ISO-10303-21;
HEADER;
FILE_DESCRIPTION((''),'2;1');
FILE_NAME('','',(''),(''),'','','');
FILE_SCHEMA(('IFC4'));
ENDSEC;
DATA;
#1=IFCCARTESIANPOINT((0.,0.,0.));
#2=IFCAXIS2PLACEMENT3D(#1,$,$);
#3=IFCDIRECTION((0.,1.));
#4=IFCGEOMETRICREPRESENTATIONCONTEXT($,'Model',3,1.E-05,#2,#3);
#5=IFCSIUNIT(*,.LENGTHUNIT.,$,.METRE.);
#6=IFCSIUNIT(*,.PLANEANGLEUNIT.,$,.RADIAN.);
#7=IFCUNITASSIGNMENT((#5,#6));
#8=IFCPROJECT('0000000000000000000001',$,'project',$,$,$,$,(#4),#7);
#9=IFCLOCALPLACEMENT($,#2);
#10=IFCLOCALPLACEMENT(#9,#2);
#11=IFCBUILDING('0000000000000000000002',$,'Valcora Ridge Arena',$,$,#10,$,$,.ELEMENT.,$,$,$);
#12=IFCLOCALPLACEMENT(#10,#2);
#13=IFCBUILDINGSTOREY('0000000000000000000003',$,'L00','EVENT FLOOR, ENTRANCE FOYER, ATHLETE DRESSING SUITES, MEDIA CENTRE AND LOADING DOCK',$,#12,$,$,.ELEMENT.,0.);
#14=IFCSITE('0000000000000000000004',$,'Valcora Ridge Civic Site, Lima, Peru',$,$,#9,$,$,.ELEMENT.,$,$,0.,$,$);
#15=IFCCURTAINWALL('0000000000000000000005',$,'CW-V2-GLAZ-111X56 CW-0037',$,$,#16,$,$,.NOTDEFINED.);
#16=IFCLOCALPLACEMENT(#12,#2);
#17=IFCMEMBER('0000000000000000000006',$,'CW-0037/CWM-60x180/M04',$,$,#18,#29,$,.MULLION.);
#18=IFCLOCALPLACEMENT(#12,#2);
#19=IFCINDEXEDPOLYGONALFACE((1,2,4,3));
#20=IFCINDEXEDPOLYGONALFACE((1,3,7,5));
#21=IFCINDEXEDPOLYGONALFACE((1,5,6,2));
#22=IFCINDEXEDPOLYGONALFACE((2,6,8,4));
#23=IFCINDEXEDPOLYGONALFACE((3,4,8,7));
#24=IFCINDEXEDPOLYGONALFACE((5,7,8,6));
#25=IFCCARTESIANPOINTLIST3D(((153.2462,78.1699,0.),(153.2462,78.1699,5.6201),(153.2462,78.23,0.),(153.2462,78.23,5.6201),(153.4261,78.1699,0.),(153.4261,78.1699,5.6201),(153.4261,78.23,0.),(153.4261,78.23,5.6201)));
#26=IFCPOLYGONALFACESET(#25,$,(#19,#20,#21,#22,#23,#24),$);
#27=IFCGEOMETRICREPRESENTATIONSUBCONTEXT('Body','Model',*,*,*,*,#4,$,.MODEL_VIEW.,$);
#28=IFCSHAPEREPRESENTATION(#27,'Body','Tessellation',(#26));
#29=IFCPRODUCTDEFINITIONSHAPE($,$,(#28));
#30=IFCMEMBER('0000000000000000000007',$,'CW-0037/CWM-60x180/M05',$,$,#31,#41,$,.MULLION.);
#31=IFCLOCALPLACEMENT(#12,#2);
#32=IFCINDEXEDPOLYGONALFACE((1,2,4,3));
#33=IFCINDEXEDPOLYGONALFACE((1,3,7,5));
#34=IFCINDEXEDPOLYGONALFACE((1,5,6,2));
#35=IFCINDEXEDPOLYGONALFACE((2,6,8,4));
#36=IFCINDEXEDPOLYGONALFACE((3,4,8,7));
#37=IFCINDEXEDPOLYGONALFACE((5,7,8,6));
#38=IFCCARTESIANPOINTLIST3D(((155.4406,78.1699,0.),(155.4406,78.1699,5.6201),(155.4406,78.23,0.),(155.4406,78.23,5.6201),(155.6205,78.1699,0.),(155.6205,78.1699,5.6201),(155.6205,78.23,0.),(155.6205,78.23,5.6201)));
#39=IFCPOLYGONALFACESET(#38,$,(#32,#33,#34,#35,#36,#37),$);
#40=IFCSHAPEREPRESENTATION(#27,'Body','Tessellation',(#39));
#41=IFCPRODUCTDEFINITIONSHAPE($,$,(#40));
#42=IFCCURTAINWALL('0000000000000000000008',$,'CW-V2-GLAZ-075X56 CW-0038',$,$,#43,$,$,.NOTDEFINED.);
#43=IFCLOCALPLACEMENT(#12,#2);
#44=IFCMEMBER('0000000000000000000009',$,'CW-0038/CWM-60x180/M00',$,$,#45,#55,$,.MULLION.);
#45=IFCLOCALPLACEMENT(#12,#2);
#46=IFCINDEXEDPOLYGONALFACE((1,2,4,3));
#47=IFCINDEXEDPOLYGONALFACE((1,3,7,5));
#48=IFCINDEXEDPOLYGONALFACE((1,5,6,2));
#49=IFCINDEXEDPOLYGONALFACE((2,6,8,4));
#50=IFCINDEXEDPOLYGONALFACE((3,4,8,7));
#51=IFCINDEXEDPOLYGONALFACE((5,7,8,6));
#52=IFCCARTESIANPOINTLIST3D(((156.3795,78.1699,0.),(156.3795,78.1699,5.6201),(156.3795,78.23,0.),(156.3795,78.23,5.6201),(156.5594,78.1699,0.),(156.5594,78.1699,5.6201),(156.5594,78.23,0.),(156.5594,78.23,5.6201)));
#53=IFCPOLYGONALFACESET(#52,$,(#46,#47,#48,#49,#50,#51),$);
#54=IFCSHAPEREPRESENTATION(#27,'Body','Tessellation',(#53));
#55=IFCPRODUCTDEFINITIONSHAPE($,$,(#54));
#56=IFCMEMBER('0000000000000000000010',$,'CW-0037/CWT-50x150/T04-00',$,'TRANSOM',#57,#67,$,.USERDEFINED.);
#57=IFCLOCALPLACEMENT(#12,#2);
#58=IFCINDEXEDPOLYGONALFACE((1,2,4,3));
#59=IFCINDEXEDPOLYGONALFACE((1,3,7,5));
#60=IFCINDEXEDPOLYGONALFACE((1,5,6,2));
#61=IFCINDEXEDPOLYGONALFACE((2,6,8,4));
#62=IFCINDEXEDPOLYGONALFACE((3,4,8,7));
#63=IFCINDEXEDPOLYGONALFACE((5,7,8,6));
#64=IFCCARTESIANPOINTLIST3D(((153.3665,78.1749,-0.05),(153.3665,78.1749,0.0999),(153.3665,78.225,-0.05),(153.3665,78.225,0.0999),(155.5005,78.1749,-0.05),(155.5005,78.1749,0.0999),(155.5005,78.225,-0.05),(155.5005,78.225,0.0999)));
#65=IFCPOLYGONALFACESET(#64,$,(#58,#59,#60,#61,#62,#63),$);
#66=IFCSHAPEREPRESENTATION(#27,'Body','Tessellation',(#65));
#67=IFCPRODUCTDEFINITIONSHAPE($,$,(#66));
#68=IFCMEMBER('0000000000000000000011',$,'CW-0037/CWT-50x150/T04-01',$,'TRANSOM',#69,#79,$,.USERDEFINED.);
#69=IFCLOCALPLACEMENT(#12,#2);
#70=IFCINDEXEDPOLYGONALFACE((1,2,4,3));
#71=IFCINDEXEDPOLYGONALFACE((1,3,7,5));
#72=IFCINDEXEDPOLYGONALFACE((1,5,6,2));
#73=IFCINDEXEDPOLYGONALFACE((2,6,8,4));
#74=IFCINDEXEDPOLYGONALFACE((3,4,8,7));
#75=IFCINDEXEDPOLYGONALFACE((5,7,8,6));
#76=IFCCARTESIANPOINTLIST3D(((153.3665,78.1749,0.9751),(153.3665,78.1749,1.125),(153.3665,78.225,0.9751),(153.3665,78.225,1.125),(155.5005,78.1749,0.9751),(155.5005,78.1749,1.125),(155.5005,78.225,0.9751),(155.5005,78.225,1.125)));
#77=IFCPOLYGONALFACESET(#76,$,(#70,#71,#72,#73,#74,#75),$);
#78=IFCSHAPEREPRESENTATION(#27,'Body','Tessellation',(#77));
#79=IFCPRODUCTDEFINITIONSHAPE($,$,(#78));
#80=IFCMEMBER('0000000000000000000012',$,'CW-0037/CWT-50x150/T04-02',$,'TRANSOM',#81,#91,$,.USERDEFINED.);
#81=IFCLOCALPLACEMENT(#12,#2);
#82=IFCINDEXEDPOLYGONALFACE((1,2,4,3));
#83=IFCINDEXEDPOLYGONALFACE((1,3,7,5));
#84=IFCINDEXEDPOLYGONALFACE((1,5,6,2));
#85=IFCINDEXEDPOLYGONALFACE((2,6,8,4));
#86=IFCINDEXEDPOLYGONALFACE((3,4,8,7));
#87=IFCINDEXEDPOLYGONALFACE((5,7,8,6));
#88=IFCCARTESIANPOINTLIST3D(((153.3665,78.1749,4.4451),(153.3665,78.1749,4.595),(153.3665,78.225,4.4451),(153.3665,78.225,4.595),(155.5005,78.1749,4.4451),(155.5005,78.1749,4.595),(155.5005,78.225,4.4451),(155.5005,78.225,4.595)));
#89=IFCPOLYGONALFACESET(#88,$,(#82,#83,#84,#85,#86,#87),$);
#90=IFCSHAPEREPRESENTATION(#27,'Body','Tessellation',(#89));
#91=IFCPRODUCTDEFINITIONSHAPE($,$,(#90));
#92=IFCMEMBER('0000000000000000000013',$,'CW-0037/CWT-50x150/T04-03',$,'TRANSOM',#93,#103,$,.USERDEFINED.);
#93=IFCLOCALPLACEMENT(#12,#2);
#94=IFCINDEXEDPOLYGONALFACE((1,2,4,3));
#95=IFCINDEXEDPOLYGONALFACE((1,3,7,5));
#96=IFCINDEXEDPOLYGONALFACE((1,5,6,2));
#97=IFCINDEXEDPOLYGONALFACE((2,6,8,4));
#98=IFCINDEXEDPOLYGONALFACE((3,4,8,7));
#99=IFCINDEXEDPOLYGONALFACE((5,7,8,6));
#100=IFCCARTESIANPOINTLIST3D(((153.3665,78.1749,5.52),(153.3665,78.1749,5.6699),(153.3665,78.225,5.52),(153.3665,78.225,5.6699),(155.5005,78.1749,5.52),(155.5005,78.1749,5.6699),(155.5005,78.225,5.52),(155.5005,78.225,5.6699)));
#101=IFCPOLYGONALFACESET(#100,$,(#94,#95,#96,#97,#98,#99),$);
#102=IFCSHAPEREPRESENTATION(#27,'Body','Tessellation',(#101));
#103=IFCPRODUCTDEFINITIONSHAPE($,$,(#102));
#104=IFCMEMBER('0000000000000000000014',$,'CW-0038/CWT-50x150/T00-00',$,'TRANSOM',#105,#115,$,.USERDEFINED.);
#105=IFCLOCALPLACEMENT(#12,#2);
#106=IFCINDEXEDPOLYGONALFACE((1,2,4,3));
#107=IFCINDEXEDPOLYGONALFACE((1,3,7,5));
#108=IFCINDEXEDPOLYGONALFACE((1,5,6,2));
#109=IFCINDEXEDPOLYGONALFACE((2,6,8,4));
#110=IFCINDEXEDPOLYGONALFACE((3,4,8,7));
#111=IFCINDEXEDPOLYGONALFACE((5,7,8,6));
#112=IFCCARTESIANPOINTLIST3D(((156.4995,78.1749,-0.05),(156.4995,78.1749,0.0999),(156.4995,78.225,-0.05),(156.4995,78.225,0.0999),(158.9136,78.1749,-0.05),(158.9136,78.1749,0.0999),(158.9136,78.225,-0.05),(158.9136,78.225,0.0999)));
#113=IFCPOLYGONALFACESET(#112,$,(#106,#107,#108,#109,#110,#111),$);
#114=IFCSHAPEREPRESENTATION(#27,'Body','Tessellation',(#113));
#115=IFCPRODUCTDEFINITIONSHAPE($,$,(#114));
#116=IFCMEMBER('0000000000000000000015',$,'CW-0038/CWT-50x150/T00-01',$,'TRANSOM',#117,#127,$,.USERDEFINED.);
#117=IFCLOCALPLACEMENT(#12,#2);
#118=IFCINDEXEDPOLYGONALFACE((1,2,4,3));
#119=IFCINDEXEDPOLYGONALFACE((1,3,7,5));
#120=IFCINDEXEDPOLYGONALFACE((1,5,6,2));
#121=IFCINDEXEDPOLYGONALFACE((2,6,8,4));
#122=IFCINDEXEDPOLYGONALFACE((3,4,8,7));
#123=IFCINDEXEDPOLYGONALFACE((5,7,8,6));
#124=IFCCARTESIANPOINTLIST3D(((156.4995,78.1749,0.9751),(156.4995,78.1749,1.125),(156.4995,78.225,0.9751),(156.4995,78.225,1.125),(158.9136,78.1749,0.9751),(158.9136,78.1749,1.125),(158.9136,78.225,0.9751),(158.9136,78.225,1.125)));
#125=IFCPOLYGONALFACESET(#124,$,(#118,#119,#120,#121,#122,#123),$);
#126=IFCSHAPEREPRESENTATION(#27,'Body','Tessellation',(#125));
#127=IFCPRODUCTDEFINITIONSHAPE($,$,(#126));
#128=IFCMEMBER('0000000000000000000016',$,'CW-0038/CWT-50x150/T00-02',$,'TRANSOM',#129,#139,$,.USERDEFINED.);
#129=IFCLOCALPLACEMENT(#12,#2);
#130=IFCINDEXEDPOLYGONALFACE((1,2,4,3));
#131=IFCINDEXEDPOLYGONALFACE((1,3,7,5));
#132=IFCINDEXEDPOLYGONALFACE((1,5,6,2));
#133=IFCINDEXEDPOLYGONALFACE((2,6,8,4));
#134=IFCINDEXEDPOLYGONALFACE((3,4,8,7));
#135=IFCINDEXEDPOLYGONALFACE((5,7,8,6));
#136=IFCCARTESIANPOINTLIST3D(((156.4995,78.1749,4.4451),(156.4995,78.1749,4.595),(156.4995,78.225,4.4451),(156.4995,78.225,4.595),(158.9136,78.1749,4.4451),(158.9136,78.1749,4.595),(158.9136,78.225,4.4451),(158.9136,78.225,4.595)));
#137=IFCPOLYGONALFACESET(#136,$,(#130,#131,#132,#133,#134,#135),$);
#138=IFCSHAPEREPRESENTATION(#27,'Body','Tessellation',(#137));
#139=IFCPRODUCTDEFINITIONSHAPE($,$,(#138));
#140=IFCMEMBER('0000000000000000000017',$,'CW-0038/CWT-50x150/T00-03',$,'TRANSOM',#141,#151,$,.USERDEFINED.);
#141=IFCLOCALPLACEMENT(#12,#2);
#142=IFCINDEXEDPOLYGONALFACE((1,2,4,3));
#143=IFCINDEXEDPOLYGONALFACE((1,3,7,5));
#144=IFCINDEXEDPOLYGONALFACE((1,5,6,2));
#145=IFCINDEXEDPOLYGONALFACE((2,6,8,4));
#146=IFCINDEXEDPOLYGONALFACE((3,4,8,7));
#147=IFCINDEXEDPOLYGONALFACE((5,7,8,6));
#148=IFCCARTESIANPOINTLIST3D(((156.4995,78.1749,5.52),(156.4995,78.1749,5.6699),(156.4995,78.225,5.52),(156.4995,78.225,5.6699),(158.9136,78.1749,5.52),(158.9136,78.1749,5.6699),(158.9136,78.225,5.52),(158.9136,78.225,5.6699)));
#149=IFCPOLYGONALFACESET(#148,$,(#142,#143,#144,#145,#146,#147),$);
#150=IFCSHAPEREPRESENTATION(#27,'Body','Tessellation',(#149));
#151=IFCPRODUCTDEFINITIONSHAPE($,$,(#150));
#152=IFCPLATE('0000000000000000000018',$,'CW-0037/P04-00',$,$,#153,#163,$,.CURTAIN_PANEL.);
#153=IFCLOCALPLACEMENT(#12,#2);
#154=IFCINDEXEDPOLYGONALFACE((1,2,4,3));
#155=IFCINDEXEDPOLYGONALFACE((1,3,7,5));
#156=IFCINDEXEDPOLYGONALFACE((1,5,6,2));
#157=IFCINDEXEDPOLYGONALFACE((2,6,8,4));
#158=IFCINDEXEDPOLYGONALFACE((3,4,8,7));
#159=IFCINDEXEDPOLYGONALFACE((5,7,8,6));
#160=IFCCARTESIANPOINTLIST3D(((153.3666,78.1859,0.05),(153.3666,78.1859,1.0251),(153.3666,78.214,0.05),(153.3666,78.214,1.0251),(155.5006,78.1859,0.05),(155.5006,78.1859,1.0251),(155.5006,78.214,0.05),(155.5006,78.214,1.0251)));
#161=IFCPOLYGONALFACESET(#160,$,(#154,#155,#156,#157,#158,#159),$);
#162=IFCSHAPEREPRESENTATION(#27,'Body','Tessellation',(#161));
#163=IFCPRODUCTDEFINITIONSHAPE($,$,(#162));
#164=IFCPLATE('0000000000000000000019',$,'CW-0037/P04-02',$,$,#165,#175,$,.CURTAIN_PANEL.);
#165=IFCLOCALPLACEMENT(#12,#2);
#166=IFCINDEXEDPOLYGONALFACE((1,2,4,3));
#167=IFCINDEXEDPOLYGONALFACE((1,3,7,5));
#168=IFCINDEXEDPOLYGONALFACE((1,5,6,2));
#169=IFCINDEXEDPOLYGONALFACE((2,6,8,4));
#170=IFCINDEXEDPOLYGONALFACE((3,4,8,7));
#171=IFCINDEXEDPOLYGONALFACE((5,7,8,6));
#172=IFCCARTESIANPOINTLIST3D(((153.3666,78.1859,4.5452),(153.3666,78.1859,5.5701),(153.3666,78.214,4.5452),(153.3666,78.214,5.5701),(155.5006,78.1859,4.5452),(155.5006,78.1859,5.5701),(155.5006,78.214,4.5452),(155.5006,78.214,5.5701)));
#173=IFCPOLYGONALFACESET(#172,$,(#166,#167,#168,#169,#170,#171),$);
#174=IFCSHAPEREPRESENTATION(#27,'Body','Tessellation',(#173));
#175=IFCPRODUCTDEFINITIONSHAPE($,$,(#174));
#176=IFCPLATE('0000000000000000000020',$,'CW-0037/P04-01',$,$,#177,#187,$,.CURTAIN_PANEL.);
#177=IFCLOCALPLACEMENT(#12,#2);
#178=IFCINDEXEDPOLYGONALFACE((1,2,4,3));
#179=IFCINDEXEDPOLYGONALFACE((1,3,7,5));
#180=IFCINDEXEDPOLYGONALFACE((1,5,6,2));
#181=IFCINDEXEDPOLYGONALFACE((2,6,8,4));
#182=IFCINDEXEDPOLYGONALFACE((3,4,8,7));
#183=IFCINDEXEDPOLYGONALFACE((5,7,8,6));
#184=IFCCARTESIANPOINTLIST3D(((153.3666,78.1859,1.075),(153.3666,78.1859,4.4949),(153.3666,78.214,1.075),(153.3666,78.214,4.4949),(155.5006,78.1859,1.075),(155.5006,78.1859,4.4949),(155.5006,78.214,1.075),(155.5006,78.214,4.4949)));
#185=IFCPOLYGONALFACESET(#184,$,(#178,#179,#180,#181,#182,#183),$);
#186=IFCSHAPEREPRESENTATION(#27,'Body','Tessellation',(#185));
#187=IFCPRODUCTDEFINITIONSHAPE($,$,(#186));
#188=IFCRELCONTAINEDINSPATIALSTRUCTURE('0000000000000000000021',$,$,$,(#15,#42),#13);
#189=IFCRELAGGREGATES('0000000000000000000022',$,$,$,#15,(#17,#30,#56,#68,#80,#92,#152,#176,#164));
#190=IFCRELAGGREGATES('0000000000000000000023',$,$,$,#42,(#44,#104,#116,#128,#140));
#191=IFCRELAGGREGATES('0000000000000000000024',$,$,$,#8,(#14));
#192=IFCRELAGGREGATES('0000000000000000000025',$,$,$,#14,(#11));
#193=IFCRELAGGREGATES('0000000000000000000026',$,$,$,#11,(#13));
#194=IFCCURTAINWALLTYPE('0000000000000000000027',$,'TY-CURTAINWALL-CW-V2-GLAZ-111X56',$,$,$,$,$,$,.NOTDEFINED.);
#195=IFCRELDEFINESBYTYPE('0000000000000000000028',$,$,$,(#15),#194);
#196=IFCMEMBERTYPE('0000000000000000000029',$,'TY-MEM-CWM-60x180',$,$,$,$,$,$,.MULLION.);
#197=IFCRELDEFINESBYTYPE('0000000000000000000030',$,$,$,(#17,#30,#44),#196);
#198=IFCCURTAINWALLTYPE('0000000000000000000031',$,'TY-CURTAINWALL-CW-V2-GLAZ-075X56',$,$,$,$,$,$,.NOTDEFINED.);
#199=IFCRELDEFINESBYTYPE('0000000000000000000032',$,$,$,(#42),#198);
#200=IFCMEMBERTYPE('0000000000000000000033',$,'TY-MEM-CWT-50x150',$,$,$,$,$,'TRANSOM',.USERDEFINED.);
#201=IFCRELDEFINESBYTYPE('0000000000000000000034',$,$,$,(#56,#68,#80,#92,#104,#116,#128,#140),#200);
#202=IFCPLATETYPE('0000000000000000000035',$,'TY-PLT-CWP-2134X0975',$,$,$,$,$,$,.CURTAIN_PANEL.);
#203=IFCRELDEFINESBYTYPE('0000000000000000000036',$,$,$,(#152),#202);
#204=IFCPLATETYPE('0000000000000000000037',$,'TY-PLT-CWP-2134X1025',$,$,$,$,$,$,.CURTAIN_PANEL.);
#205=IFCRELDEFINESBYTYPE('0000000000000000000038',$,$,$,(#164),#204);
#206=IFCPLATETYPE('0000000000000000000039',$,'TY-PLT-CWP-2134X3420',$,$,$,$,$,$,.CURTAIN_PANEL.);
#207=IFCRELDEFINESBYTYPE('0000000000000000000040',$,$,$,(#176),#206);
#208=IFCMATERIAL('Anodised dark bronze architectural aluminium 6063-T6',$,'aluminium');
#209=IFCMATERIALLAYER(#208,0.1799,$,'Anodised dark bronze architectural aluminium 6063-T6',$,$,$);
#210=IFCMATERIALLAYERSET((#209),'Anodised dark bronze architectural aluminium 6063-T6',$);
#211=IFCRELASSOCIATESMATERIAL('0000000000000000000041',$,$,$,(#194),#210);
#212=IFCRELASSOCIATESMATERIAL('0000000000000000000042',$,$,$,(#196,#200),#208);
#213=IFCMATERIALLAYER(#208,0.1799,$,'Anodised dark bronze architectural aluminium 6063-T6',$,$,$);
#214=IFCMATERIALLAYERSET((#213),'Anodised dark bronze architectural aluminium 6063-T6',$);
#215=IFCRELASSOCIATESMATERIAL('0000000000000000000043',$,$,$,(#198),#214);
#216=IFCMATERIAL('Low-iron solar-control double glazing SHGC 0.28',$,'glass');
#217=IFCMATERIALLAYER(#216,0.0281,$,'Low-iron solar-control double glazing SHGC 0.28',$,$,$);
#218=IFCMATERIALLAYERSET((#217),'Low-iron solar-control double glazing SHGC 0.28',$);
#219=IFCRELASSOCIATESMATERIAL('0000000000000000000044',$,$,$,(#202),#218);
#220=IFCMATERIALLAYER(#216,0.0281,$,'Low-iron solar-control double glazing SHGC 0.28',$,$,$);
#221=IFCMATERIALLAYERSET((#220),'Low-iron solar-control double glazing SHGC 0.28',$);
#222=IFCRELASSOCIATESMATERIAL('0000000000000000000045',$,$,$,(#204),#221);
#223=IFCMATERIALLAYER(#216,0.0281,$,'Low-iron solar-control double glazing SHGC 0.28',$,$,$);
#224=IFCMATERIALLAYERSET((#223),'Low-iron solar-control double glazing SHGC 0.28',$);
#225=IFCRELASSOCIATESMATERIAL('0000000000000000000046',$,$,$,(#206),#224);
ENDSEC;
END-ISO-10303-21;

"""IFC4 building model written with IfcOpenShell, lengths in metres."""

from ifc_helpers import new_model, si_unit, direction, frame, origin, origin_2d, place, context, subcontext, project, spatial, rectangle, extrude, material, layer, layer_set, material_profile, profile_set, type_object, element, aggregate, save


model = new_model("IFC4")

# Units and contexts
model_context = context("Model", 3, precision=1e-05, world=origin(), true_north=direction((0.0, 1.0)))
body_context = subcontext(model_context, "Body", "Model", "MODEL_VIEW")
ifc_project = project(units=[si_unit("LENGTHUNIT", "METRE"), si_unit("PLANEANGLEUNIT", "RADIAN")], contexts=[model_context])

# Site, building, storey
site_placement = place(None, origin())
site = spatial("IfcSite", under=ifc_project, at=site_placement, Name="Valcora Ridge Civic Site, Lima, Peru", CompositionType="ELEMENT", RefElevation=0.0)
building_placement = place(site_placement, origin())
building = spatial("IfcBuilding", under=site, at=building_placement, Name="Valcora Ridge Arena", CompositionType="ELEMENT")
storey_placement = place(building_placement, origin())
storey = spatial("IfcBuildingStorey", under=building, at=storey_placement, Name="L00", Description="EVENT FLOOR, ENTRANCE FOYER, ATHLETE DRESSING SUITES, MEDIA CENTRE AND LOADING DOCK", CompositionType="ELEMENT", Elevation=0.0)

# Curtain wall, members
ifc_material_1 = material(Name="Anodised dark bronze architectural aluminium 6063-T6", Category="aluminium")
ifc_layer_1 = layer(ifc_material_1, 0.1799, Name="Anodised dark bronze architectural aluminium 6063-T6")
ifc_layer_set_1 = layer_set([ifc_layer_1], Name="Anodised dark bronze architectural aluminium 6063-T6")
curtain_wall_type_1 = type_object("IfcCurtainWallType", Name="TY-CURTAINWALL-CW-V2-GLAZ-111X56", PredefinedType="NOTDEFINED", material=ifc_layer_set_1)
curtain_wall_1_placement = place(storey_placement, origin())
curtain_wall_1 = element("IfcCurtainWall", 1, at=curtain_wall_1_placement, inside=storey, type_object=curtain_wall_type_1, Name="CW-V2-GLAZ-111X56 CW-0037", PredefinedType="NOTDEFINED")
ifc_material_profile_1 = material_profile(ifc_material_1, rectangle(XDim=0.0601, YDim=0.1799, at=origin_2d()), Name="ALU MULLION 60x180")
ifc_profile_set_1 = profile_set([ifc_material_profile_1], Name="Anodised dark bronze architectural aluminium 6063-T6")
member_type_1 = type_object("IfcMemberType", Name="TY-MEM-CWM-60x180", PredefinedType="MULLION", material=ifc_profile_set_1)
member_1_placement = place(storey_placement, frame((153.3362, 78.2, 0.0), z_axis=(0.0, 0.0, 1.0), x_axis=(0.0, 1.0, 0.0)))
member_1 = element("IfcMember", 2, at=member_1_placement, type_object=member_type_1, Name="CW-0037/CWM-60x180/M04", PredefinedType="MULLION", context=body_context, shape_type="SweptSolid", body=[
    extrude(rectangle(XDim=0.0601, YDim=0.1799, at=origin_2d()), origin(), (0.0, 0.0, 1.0), 5.6201),
])
member_2_placement = place(storey_placement, frame((155.5305, 78.2, 0.0), z_axis=(0.0, 0.0, 1.0), x_axis=(0.0, 1.0, 0.0)))
member_2 = element("IfcMember", 3, at=member_2_placement, type_object=member_type_1, Name="CW-0037/CWM-60x180/M05", PredefinedType="MULLION", context=body_context, shape_type="SweptSolid", body=[
    extrude(rectangle(XDim=0.0601, YDim=0.1799, at=origin_2d()), origin(), (0.0, 0.0, 1.0), 5.6201),
])

# Curtain wall, member
ifc_layer_2 = layer(ifc_material_1, 0.1799, Name="Anodised dark bronze architectural aluminium 6063-T6")
ifc_layer_set_2 = layer_set([ifc_layer_2], Name="Anodised dark bronze architectural aluminium 6063-T6")
curtain_wall_type_2 = type_object("IfcCurtainWallType", Name="TY-CURTAINWALL-CW-V2-GLAZ-075X56", PredefinedType="NOTDEFINED", material=ifc_layer_set_2)
curtain_wall_2_placement = place(storey_placement, origin())
curtain_wall_2 = element("IfcCurtainWall", 4, at=curtain_wall_2_placement, inside=storey, type_object=curtain_wall_type_2, Name="CW-V2-GLAZ-075X56 CW-0038", PredefinedType="NOTDEFINED")
member_3_placement = place(storey_placement, frame((156.4695, 78.2, 0.0), z_axis=(0.0, 0.0, 1.0), x_axis=(0.0, 1.0, 0.0)))
member_3 = element("IfcMember", 5, at=member_3_placement, type_object=member_type_1, Name="CW-0038/CWM-60x180/M00", PredefinedType="MULLION", context=body_context, shape_type="SweptSolid", body=[
    extrude(rectangle(XDim=0.0601, YDim=0.1799, at=origin_2d()), origin(), (0.0, 0.0, 1.0), 5.6201),
])

# Members
ifc_material_profile_2 = material_profile(ifc_material_1, rectangle(XDim=0.05, YDim=0.1499, at=origin_2d()), Name="ALU TRANSOM 50x150")
ifc_profile_set_2 = profile_set([ifc_material_profile_2], Name="Anodised dark bronze architectural aluminium 6063-T6")
member_type_2 = type_object("IfcMemberType", Name="TY-MEM-CWT-50x150", ElementType="TRANSOM", PredefinedType="USERDEFINED", material=ifc_profile_set_2)
member_4_placement = place(storey_placement, frame((153.3665, 78.2, 0.0249), z_axis=(1.0, 0.0, 0.0), x_axis=(0.0, 1.0, 0.0)))
member_4 = element("IfcMember", 6, at=member_4_placement, type_object=member_type_2, Name="CW-0037/CWT-50x150/T04-00", ObjectType="TRANSOM", PredefinedType="USERDEFINED", context=body_context, shape_type="SweptSolid", body=[
    extrude(rectangle(XDim=0.05, YDim=0.1499, at=origin_2d()), origin(), (0.0, 0.0, 1.0), 2.134),
])
member_5_placement = place(storey_placement, frame((153.3665, 78.2, 1.05), z_axis=(1.0, 0.0, 0.0), x_axis=(0.0, 1.0, 0.0)))
member_5 = element("IfcMember", 7, at=member_5_placement, type_object=member_type_2, Name="CW-0037/CWT-50x150/T04-01", ObjectType="TRANSOM", PredefinedType="USERDEFINED", context=body_context, shape_type="SweptSolid", body=[
    extrude(rectangle(XDim=0.05, YDim=0.1499, at=origin_2d()), origin(), (0.0, 0.0, 1.0), 2.134),
])
member_6_placement = place(storey_placement, frame((153.3665, 78.2, 4.52), z_axis=(1.0, 0.0, 0.0), x_axis=(0.0, 1.0, 0.0)))
member_6 = element("IfcMember", 8, at=member_6_placement, type_object=member_type_2, Name="CW-0037/CWT-50x150/T04-02", ObjectType="TRANSOM", PredefinedType="USERDEFINED", context=body_context, shape_type="SweptSolid", body=[
    extrude(rectangle(XDim=0.05, YDim=0.1499, at=origin_2d()), origin(), (0.0, 0.0, 1.0), 2.134),
])
member_7_placement = place(storey_placement, frame((153.3665, 78.2, 5.595), z_axis=(1.0, 0.0, 0.0), x_axis=(0.0, 1.0, 0.0)))
member_7 = element("IfcMember", 9, at=member_7_placement, type_object=member_type_2, Name="CW-0037/CWT-50x150/T04-03", ObjectType="TRANSOM", PredefinedType="USERDEFINED", context=body_context, shape_type="SweptSolid", body=[
    extrude(rectangle(XDim=0.05, YDim=0.1499, at=origin_2d()), origin(), (0.0, 0.0, 1.0), 2.134),
])
member_8_placement = place(storey_placement, frame((156.4995, 78.2, 0.0249), z_axis=(1.0, 0.0, 0.0), x_axis=(0.0, 1.0, 0.0)))
member_8 = element("IfcMember", 10, at=member_8_placement, type_object=member_type_2, Name="CW-0038/CWT-50x150/T00-00", ObjectType="TRANSOM", PredefinedType="USERDEFINED", context=body_context, shape_type="SweptSolid", body=[
    extrude(rectangle(XDim=0.05, YDim=0.1499, at=origin_2d()), origin(), (0.0, 0.0, 1.0), 2.4141),
])
member_9_placement = place(storey_placement, frame((156.4995, 78.2, 1.05), z_axis=(1.0, 0.0, 0.0), x_axis=(0.0, 1.0, 0.0)))
member_9 = element("IfcMember", 11, at=member_9_placement, type_object=member_type_2, Name="CW-0038/CWT-50x150/T00-01", ObjectType="TRANSOM", PredefinedType="USERDEFINED", context=body_context, shape_type="SweptSolid", body=[
    extrude(rectangle(XDim=0.05, YDim=0.1499, at=origin_2d()), origin(), (0.0, 0.0, 1.0), 2.4141),
])
member_10_placement = place(storey_placement, frame((156.4995, 78.2, 4.52), z_axis=(1.0, 0.0, 0.0), x_axis=(0.0, 1.0, 0.0)))
member_10 = element("IfcMember", 12, at=member_10_placement, type_object=member_type_2, Name="CW-0038/CWT-50x150/T00-02", ObjectType="TRANSOM", PredefinedType="USERDEFINED", context=body_context, shape_type="SweptSolid", body=[
    extrude(rectangle(XDim=0.05, YDim=0.1499, at=origin_2d()), origin(), (0.0, 0.0, 1.0), 2.4141),
])
member_11_placement = place(storey_placement, frame((156.4995, 78.2, 5.595), z_axis=(1.0, 0.0, 0.0), x_axis=(0.0, 1.0, 0.0)))
member_11 = element("IfcMember", 13, at=member_11_placement, type_object=member_type_2, Name="CW-0038/CWT-50x150/T00-03", ObjectType="TRANSOM", PredefinedType="USERDEFINED", context=body_context, shape_type="SweptSolid", body=[
    extrude(rectangle(XDim=0.05, YDim=0.1499, at=origin_2d()), origin(), (0.0, 0.0, 1.0), 2.4141),
])

# Plates
ifc_material_2 = material(Name="Low-iron solar-control double glazing SHGC 0.28", Category="glass")
ifc_layer_3 = layer(ifc_material_2, 0.0281, Name="Low-iron solar-control double glazing SHGC 0.28")
ifc_layer_set_3 = layer_set([ifc_layer_3], Name="Low-iron solar-control double glazing SHGC 0.28")
plate_type_1 = type_object("IfcPlateType", Name="TY-PLT-CWP-2134X0975", PredefinedType="CURTAIN_PANEL", material=ifc_layer_set_3)
plate_1_placement = place(storey_placement, frame((154.4336, 78.2, 0.05), z_axis=(0.0, 0.0, 1.0), x_axis=(1.0, 0.0, 0.0)))
plate_1 = element("IfcPlate", 14, at=plate_1_placement, type_object=plate_type_1, Name="CW-0037/P04-00", PredefinedType="CURTAIN_PANEL", context=body_context, shape_type="SweptSolid", body=[
    extrude(rectangle(XDim=2.134, YDim=0.0281, at=origin_2d()), origin(), (0.0, 0.0, 1.0), 0.9751),
])
ifc_layer_4 = layer(ifc_material_2, 0.0281, Name="Low-iron solar-control double glazing SHGC 0.28")
ifc_layer_set_4 = layer_set([ifc_layer_4], Name="Low-iron solar-control double glazing SHGC 0.28")
plate_type_2 = type_object("IfcPlateType", Name="TY-PLT-CWP-2134X1025", PredefinedType="CURTAIN_PANEL", material=ifc_layer_set_4)
plate_2_placement = place(storey_placement, frame((154.4336, 78.2, 4.5452), z_axis=(0.0, 0.0, 1.0), x_axis=(1.0, 0.0, 0.0)))
plate_2 = element("IfcPlate", 15, at=plate_2_placement, type_object=plate_type_2, Name="CW-0037/P04-02", PredefinedType="CURTAIN_PANEL", context=body_context, shape_type="SweptSolid", body=[
    extrude(rectangle(XDim=2.134, YDim=0.0281, at=origin_2d()), origin(), (0.0, 0.0, 1.0), 1.0249),
])
ifc_layer_5 = layer(ifc_material_2, 0.0281, Name="Low-iron solar-control double glazing SHGC 0.28")
ifc_layer_set_5 = layer_set([ifc_layer_5], Name="Low-iron solar-control double glazing SHGC 0.28")
plate_type_3 = type_object("IfcPlateType", Name="TY-PLT-CWP-2134X3420", PredefinedType="CURTAIN_PANEL", material=ifc_layer_set_5)
plate_3_placement = place(storey_placement, frame((154.4336, 78.2, 1.075), z_axis=(0.0, 0.0, 1.0), x_axis=(1.0, 0.0, 0.0)))
plate_3 = element("IfcPlate", 16, at=plate_3_placement, type_object=plate_type_3, Name="CW-0037/P04-01", PredefinedType="CURTAIN_PANEL", context=body_context, shape_type="SweptSolid", body=[
    extrude(rectangle(XDim=2.134, YDim=0.0281, at=origin_2d()), origin(), (0.0, 0.0, 1.0), 3.4199),
])
aggregate(curtain_wall_1, [member_1, member_2, member_4, member_5, member_6, member_7, plate_1, plate_3, plate_2])
aggregate(curtain_wall_2, [member_3, member_8, member_9, member_10, member_11])

save(model, "model.ifc")
